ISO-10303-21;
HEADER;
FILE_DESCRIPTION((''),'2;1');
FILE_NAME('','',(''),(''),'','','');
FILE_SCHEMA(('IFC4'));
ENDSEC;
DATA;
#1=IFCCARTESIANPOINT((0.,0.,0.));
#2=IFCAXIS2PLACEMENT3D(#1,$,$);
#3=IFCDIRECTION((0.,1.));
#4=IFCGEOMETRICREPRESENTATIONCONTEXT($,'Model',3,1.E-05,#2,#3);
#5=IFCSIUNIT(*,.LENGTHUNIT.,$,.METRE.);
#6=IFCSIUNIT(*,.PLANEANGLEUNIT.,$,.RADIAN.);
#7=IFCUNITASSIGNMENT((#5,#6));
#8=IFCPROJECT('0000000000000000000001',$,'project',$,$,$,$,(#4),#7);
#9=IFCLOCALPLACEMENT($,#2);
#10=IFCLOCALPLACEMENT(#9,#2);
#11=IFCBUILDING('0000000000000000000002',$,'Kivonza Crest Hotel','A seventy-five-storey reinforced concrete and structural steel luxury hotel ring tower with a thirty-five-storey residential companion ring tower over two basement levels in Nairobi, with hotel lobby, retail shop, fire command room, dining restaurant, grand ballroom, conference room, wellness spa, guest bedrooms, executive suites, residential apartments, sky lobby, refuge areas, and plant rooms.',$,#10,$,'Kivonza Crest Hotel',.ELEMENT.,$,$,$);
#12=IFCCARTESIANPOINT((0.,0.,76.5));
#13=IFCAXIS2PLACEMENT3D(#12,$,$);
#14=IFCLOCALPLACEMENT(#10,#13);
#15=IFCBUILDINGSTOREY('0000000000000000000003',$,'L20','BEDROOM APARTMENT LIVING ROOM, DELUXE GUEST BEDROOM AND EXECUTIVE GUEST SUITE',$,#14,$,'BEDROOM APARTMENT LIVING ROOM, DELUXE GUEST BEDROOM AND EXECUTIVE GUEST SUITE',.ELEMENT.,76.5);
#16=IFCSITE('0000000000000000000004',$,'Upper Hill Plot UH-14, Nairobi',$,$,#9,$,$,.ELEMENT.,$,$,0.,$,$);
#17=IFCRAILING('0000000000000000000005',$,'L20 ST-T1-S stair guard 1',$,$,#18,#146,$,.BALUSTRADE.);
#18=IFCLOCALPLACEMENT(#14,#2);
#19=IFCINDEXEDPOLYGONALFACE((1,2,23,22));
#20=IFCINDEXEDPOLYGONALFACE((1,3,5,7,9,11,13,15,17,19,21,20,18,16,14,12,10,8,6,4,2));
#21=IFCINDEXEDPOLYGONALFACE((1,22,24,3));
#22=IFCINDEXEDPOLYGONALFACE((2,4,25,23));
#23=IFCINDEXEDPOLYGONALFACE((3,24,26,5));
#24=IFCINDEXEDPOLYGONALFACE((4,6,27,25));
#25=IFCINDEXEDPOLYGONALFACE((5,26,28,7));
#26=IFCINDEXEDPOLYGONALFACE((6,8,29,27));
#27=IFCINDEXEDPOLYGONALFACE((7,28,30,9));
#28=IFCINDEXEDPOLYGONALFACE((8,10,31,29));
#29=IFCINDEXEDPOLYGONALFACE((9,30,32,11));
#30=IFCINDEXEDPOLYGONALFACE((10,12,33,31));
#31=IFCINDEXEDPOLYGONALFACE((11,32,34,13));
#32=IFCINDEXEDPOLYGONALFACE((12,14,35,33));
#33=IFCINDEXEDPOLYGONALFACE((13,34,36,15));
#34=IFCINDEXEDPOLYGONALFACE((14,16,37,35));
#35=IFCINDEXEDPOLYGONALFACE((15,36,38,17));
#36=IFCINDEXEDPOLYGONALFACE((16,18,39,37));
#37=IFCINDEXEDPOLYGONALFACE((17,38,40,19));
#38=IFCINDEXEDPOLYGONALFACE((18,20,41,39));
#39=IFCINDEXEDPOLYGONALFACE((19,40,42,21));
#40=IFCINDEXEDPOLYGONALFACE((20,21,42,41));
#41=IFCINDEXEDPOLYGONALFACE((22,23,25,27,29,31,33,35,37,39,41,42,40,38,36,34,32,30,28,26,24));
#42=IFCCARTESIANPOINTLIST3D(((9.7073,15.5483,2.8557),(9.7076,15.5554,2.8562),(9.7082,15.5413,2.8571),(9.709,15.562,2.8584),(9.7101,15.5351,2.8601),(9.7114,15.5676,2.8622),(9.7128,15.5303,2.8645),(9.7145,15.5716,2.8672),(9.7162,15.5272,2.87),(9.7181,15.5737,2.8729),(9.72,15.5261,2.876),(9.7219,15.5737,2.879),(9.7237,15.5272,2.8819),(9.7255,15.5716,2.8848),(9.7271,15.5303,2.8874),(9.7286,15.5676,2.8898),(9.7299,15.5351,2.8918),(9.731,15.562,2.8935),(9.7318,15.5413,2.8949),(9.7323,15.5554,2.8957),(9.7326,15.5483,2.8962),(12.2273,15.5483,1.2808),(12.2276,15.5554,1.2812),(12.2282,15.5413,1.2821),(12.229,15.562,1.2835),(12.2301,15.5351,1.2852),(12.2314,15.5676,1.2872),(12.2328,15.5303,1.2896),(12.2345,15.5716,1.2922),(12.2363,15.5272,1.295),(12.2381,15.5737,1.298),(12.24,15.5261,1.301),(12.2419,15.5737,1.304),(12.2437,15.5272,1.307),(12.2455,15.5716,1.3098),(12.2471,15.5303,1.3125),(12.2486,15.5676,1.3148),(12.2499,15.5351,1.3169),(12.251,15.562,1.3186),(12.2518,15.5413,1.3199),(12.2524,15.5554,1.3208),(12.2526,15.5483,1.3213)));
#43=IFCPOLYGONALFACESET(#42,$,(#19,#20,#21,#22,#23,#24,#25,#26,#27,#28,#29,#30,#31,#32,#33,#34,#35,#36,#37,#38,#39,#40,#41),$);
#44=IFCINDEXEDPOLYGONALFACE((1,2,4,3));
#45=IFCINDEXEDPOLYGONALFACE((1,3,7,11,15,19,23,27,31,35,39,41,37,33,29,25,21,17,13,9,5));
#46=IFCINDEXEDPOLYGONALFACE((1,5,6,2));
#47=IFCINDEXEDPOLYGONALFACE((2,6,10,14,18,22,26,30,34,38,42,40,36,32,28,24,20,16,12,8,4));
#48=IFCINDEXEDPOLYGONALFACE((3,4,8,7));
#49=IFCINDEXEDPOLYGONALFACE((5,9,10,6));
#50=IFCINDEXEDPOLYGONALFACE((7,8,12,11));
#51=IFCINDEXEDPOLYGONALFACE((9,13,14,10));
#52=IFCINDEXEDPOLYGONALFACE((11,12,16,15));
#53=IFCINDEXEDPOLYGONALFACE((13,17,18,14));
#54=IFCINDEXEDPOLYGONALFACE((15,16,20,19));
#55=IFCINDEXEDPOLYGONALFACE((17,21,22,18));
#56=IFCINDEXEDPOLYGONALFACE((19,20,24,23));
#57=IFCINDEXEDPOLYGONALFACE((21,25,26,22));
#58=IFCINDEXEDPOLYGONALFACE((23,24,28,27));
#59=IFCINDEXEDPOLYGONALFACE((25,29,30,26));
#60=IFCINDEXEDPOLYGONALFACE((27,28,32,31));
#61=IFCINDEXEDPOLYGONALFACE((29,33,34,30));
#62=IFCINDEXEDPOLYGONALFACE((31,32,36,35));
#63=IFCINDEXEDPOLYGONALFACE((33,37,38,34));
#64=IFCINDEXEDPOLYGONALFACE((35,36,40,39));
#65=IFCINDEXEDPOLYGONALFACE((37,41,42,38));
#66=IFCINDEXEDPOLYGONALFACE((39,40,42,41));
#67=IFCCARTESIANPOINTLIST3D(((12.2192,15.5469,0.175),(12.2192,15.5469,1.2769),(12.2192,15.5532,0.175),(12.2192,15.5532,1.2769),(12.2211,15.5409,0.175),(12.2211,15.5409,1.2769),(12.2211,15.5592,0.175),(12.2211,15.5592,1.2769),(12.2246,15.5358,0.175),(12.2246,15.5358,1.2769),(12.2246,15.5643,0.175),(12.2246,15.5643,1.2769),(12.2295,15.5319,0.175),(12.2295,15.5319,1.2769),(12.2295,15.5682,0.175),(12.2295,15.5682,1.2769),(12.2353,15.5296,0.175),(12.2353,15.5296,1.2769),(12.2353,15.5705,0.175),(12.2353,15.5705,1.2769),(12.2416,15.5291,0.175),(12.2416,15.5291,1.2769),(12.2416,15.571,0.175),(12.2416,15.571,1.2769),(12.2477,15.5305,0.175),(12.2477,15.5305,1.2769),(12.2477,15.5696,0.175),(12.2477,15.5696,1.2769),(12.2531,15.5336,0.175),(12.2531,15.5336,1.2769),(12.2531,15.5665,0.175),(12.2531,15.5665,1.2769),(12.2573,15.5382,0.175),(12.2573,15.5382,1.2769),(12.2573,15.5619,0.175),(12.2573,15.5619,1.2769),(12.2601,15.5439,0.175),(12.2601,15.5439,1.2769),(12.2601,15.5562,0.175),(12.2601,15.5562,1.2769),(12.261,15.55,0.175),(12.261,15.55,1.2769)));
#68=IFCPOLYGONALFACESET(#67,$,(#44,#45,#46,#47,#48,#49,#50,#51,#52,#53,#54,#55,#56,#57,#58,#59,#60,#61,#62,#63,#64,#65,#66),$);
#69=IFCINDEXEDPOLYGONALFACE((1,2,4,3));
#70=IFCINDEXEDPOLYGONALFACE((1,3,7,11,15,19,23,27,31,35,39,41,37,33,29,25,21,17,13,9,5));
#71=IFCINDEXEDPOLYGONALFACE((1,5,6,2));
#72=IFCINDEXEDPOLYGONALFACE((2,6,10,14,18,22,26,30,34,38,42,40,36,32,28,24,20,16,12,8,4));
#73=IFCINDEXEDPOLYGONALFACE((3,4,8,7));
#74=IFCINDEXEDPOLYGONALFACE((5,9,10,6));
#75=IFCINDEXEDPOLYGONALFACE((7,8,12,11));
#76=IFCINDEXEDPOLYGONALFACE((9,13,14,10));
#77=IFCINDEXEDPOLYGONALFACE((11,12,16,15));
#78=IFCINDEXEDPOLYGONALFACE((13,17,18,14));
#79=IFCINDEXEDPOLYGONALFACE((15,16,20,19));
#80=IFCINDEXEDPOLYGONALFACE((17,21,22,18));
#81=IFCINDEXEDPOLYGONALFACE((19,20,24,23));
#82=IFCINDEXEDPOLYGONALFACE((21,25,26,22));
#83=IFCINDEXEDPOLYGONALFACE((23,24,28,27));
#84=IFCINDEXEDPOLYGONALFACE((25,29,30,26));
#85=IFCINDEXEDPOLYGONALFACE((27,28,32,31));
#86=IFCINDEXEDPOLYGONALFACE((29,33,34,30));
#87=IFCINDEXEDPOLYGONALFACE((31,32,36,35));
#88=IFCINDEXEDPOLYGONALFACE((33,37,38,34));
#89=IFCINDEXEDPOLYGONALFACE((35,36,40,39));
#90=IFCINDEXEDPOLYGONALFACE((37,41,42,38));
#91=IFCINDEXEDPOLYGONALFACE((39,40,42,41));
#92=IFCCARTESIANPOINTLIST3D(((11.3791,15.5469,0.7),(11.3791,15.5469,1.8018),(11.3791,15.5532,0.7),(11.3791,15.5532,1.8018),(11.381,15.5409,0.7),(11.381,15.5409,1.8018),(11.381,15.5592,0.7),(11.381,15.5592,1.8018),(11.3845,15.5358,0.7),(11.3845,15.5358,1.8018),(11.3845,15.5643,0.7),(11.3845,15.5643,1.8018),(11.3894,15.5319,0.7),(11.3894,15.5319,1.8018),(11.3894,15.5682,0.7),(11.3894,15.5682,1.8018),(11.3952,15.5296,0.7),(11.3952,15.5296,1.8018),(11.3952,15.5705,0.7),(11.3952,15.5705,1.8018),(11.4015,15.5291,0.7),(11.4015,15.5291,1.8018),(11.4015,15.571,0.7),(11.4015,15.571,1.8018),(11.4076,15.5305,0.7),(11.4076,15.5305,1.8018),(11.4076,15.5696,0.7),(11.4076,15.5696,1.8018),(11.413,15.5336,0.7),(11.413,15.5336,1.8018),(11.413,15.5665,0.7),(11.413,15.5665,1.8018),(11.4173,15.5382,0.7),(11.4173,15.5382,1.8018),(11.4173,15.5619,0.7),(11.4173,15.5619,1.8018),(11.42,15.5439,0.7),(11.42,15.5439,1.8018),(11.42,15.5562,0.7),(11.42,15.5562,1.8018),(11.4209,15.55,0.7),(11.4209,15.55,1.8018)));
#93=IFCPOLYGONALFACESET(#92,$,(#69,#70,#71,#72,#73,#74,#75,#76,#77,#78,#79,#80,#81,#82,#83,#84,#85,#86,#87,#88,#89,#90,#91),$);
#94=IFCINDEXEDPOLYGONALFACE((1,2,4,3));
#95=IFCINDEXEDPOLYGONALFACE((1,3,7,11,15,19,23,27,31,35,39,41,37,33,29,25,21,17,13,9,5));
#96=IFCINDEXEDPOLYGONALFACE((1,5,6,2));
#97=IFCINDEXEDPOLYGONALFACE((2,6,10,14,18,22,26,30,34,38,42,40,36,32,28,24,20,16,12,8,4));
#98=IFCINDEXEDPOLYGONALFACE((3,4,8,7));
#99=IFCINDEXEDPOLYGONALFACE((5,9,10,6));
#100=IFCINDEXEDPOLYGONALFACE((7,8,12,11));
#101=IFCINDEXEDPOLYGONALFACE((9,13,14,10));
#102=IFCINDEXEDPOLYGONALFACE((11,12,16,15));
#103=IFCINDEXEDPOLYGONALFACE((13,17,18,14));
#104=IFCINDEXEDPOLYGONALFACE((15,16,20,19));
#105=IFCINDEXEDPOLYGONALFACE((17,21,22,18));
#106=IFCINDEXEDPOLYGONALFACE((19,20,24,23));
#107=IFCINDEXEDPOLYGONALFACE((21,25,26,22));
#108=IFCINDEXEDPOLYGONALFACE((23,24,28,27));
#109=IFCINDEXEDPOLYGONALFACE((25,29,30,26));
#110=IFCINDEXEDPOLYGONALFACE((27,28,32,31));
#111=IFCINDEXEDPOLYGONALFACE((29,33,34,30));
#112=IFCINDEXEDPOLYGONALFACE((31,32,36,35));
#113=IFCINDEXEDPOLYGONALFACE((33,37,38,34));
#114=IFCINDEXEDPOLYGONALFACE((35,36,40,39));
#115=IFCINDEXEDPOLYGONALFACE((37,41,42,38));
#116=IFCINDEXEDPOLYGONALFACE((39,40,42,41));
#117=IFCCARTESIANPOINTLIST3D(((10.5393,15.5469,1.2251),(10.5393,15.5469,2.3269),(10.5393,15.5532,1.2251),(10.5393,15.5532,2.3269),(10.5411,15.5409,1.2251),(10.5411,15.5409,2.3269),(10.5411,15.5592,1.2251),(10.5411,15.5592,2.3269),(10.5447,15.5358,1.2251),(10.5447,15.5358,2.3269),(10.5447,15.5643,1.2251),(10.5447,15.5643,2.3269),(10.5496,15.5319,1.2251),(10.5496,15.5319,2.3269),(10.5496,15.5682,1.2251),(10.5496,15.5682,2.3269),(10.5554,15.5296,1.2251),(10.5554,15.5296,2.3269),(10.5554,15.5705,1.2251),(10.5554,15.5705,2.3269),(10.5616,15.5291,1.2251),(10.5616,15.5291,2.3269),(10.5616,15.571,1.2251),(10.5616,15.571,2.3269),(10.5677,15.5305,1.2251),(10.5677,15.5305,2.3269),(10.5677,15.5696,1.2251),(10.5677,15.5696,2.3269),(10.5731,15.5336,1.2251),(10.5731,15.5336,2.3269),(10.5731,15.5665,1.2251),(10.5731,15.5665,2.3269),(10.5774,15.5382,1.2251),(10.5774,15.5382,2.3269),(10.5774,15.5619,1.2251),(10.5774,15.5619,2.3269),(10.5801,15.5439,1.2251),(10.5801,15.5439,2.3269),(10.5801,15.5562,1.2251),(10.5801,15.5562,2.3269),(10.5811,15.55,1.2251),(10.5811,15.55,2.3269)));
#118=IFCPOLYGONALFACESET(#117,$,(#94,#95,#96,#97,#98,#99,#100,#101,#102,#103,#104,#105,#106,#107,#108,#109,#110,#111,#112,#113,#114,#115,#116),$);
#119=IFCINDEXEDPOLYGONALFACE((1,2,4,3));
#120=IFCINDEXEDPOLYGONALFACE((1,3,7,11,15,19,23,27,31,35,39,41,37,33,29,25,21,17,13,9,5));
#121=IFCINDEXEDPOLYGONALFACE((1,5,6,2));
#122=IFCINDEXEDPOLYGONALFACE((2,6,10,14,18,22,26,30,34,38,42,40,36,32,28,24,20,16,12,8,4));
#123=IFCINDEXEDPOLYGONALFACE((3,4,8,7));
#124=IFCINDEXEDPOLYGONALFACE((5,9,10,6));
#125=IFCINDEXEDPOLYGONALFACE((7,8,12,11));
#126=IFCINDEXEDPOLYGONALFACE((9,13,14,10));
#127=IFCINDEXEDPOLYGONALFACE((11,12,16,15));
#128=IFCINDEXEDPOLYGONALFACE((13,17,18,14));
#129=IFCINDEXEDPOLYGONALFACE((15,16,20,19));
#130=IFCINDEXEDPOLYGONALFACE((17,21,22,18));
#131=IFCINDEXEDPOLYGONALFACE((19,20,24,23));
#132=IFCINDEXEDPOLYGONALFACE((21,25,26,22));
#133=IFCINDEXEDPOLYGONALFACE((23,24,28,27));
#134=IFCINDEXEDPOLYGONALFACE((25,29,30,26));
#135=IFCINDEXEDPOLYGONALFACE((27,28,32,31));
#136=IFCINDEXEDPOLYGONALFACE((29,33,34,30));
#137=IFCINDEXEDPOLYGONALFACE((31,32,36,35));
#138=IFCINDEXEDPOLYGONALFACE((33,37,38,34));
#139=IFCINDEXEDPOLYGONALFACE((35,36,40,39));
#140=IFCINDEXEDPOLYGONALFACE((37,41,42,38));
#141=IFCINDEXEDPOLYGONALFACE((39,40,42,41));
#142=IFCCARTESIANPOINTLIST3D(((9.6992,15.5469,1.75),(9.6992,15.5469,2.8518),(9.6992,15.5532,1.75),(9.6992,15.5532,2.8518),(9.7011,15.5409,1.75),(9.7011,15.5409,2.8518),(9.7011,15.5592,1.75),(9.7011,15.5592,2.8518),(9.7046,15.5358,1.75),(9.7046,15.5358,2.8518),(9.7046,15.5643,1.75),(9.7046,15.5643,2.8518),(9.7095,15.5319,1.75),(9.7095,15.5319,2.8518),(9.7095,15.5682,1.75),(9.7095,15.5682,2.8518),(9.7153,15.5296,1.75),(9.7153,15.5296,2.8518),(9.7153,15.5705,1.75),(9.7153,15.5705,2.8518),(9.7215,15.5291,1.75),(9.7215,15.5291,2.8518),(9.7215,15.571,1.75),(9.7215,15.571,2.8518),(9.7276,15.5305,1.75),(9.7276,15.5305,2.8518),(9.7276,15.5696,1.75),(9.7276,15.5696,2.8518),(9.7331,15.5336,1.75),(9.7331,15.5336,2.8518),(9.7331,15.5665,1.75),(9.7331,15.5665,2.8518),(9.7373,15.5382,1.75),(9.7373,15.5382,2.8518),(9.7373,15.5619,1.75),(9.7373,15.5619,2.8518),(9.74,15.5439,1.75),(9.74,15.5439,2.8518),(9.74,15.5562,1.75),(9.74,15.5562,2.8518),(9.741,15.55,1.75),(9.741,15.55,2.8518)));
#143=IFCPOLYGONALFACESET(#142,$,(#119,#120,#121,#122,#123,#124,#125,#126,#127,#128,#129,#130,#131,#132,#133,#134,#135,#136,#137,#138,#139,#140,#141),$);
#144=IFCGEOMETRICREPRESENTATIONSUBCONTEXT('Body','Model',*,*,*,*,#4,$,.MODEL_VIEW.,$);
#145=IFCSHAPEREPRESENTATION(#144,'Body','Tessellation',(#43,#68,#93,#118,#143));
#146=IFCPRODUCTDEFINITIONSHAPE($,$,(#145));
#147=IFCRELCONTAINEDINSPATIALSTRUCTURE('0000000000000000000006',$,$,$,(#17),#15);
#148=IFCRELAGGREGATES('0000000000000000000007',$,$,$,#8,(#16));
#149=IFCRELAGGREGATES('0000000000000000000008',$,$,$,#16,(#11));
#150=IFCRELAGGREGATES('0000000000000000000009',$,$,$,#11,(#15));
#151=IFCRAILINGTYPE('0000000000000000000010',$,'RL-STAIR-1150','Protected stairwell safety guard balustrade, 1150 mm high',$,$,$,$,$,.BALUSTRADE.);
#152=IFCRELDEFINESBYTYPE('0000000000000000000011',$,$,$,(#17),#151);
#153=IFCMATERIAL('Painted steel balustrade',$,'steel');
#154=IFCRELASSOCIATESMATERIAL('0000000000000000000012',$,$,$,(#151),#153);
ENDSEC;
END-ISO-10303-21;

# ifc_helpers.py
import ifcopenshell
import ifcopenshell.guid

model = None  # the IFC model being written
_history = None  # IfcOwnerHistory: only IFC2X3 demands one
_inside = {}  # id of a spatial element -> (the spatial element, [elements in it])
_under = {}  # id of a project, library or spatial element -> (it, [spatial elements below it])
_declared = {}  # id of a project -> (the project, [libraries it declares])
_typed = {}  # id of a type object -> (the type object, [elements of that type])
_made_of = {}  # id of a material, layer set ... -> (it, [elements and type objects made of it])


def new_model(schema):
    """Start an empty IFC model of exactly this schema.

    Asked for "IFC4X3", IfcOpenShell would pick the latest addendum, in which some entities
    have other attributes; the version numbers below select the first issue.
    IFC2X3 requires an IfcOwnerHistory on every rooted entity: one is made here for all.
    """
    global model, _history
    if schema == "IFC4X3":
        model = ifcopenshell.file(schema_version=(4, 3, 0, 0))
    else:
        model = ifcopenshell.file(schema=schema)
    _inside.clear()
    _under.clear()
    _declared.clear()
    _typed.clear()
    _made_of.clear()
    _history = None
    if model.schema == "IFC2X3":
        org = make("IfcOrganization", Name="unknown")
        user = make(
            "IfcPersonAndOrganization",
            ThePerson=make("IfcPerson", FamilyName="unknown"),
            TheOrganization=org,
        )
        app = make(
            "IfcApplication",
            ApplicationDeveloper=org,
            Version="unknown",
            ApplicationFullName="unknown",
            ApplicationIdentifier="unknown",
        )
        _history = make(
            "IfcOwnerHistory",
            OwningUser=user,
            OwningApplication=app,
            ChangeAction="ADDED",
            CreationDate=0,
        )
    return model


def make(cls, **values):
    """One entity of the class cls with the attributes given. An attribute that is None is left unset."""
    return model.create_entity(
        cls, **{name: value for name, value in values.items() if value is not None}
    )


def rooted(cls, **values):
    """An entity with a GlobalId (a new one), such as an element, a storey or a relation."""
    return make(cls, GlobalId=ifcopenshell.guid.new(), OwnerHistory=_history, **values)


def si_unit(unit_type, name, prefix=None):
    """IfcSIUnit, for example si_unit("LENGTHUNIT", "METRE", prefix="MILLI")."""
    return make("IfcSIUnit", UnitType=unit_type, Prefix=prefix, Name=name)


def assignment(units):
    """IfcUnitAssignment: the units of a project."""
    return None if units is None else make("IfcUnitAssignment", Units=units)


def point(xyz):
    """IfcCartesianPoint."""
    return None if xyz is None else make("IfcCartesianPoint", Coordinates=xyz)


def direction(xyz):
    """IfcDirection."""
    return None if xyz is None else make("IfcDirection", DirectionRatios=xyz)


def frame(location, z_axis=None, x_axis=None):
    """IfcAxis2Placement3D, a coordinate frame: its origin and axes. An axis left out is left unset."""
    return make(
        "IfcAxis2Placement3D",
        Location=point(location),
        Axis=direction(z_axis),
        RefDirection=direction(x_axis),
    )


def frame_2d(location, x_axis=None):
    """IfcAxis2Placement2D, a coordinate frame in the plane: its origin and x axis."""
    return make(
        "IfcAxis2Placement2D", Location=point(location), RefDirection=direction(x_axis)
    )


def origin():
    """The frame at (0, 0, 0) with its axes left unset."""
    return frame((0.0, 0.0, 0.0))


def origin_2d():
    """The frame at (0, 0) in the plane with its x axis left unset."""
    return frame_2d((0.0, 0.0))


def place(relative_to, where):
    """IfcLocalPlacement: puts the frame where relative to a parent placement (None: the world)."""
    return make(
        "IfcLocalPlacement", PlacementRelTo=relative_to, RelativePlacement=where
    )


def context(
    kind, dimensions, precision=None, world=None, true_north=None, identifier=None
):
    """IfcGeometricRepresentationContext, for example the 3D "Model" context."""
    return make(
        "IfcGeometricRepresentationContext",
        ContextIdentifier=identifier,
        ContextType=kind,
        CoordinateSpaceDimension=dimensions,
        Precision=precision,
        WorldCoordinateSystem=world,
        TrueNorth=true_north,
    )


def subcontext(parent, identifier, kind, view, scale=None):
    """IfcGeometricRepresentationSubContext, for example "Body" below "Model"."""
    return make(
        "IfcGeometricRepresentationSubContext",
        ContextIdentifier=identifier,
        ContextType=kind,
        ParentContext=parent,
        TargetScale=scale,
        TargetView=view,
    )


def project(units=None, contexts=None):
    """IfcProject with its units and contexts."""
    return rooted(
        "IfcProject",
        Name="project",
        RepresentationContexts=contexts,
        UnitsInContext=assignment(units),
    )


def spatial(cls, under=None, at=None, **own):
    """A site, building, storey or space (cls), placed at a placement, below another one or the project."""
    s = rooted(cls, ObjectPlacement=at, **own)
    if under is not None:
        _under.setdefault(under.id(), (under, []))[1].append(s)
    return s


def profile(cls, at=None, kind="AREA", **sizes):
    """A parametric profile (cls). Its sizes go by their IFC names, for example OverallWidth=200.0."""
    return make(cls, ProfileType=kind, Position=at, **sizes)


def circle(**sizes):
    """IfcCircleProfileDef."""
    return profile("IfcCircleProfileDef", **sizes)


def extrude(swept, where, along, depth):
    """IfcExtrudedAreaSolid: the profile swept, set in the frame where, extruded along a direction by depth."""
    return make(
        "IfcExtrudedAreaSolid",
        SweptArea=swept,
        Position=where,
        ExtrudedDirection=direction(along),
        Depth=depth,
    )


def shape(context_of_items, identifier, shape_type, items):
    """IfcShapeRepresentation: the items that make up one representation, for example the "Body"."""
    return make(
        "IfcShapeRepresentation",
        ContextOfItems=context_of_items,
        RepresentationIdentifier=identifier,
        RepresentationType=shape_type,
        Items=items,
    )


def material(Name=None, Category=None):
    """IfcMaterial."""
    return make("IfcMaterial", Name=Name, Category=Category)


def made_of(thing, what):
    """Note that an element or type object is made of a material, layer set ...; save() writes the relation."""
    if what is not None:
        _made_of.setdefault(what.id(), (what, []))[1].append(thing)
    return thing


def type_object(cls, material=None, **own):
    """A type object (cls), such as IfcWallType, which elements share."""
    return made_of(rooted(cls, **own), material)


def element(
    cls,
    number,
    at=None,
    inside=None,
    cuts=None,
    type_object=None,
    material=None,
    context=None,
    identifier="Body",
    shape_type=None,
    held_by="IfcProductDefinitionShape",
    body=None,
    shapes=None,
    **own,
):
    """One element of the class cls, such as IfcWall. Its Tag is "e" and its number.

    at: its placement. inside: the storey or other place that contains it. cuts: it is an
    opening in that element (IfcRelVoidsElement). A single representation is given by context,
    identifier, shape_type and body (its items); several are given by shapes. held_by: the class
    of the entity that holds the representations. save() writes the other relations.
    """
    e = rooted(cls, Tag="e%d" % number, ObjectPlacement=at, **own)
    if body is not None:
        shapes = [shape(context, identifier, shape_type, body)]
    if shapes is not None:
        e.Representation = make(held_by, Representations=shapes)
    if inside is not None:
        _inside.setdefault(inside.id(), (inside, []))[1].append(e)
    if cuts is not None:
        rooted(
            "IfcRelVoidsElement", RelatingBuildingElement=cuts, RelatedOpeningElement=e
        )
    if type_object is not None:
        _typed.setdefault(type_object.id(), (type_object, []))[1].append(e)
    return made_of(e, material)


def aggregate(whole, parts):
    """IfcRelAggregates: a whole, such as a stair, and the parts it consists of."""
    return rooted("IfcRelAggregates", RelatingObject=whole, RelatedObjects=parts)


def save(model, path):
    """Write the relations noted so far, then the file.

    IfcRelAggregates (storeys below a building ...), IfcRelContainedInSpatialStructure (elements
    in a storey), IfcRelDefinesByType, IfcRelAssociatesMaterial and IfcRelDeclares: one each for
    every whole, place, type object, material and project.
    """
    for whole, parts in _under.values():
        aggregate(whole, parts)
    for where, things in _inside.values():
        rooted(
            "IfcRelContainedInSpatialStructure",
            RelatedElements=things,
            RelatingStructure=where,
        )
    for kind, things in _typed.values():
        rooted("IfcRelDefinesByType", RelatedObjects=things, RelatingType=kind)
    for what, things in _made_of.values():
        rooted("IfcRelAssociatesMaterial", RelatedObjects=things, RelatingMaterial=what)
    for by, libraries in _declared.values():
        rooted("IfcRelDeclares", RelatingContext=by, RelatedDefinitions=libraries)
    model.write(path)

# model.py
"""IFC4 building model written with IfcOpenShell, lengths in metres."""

from ifc_helpers import new_model, si_unit, direction, frame, origin, origin_2d, place, context, subcontext, project, spatial, circle, extrude, material, type_object, element, save


model = new_model("IFC4")

# Units and contexts
model_context = context("Model", 3, precision=1e-05, world=origin(), true_north=direction((0.0, 1.0)))
body_context = subcontext(model_context, "Body", "Model", "MODEL_VIEW")
ifc_project = project(units=[si_unit("LENGTHUNIT", "METRE"), si_unit("PLANEANGLEUNIT", "RADIAN")], contexts=[model_context])

# Site, building, storey
site_placement = place(None, origin())
site = spatial("IfcSite", under=ifc_project, at=site_placement, Name="Upper Hill Plot UH-14, Nairobi", CompositionType="ELEMENT", RefElevation=0.0)
building_placement = place(site_placement, origin())
building = spatial("IfcBuilding", under=site, at=building_placement, Name="Kivonza Crest Hotel", Description="A seventy-five-storey reinforced concrete and structural steel luxury hotel ring tower with a thirty-five-storey residential companion ring tower over two basement levels in Nairobi, with hotel lobby, retail shop, fire command room, dining restaurant, grand ballroom, conference room, wellness spa, guest bedrooms, executive suites, residential apartments, sky lobby, refuge areas, and plant rooms.", LongName="Kivonza Crest Hotel", CompositionType="ELEMENT")
storey_placement = place(building_placement, frame((0.0, 0.0, 76.5)))
storey = spatial("IfcBuildingStorey", under=building, at=storey_placement, Name="L20", Description="BEDROOM APARTMENT LIVING ROOM, DELUXE GUEST BEDROOM AND EXECUTIVE GUEST SUITE", LongName="BEDROOM APARTMENT LIVING ROOM, DELUXE GUEST BEDROOM AND EXECUTIVE GUEST SUITE", CompositionType="ELEMENT", Elevation=76.5)

# Railing
ifc_material_1 = material(Name="Painted steel balustrade", Category="steel")
railing_type_1 = type_object("IfcRailingType", Name="RL-STAIR-1150", Description="Protected stairwell safety guard balustrade, 1150 mm high", PredefinedType="BALUSTRADE", material=ifc_material_1)
railing_1_placement = place(storey_placement, frame((12.24, 15.55, 0.175)))
element("IfcRailing", 1, at=railing_1_placement, inside=storey, type_object=railing_type_1, Name="L20 ST-T1-S stair guard 1", PredefinedType="BALUSTRADE", context=body_context, shape_type="SweptSolid", body=[
    extrude(circle(Radius=0.0239, at=origin_2d()), frame((0.0, 0.0, 1.126), z_axis=(-0.848008, 0.0, 0.529984), x_axis=(0.0, -1.0, 0.0)), (0.0, 0.0, 1.0), 2.9717),
    extrude(circle(Radius=0.021, at=origin_2d()), origin(), (0.0, 0.0, 1.0), 1.1018),
    extrude(circle(Radius=0.021, at=origin_2d()), frame((-0.8401, 0.0, 0.5249)), (0.0, 0.0, 1.0), 1.1018),
    extrude(circle(Radius=0.021, at=origin_2d()), frame((-1.6799, 0.0, 1.05)), (0.0, 0.0, 1.0), 1.1018),
    extrude(circle(Radius=0.021, at=origin_2d()), frame((-2.52, 0.0, 1.575)), (0.0, 0.0, 1.0), 1.1018),
])

save(model, "model.ifc")
